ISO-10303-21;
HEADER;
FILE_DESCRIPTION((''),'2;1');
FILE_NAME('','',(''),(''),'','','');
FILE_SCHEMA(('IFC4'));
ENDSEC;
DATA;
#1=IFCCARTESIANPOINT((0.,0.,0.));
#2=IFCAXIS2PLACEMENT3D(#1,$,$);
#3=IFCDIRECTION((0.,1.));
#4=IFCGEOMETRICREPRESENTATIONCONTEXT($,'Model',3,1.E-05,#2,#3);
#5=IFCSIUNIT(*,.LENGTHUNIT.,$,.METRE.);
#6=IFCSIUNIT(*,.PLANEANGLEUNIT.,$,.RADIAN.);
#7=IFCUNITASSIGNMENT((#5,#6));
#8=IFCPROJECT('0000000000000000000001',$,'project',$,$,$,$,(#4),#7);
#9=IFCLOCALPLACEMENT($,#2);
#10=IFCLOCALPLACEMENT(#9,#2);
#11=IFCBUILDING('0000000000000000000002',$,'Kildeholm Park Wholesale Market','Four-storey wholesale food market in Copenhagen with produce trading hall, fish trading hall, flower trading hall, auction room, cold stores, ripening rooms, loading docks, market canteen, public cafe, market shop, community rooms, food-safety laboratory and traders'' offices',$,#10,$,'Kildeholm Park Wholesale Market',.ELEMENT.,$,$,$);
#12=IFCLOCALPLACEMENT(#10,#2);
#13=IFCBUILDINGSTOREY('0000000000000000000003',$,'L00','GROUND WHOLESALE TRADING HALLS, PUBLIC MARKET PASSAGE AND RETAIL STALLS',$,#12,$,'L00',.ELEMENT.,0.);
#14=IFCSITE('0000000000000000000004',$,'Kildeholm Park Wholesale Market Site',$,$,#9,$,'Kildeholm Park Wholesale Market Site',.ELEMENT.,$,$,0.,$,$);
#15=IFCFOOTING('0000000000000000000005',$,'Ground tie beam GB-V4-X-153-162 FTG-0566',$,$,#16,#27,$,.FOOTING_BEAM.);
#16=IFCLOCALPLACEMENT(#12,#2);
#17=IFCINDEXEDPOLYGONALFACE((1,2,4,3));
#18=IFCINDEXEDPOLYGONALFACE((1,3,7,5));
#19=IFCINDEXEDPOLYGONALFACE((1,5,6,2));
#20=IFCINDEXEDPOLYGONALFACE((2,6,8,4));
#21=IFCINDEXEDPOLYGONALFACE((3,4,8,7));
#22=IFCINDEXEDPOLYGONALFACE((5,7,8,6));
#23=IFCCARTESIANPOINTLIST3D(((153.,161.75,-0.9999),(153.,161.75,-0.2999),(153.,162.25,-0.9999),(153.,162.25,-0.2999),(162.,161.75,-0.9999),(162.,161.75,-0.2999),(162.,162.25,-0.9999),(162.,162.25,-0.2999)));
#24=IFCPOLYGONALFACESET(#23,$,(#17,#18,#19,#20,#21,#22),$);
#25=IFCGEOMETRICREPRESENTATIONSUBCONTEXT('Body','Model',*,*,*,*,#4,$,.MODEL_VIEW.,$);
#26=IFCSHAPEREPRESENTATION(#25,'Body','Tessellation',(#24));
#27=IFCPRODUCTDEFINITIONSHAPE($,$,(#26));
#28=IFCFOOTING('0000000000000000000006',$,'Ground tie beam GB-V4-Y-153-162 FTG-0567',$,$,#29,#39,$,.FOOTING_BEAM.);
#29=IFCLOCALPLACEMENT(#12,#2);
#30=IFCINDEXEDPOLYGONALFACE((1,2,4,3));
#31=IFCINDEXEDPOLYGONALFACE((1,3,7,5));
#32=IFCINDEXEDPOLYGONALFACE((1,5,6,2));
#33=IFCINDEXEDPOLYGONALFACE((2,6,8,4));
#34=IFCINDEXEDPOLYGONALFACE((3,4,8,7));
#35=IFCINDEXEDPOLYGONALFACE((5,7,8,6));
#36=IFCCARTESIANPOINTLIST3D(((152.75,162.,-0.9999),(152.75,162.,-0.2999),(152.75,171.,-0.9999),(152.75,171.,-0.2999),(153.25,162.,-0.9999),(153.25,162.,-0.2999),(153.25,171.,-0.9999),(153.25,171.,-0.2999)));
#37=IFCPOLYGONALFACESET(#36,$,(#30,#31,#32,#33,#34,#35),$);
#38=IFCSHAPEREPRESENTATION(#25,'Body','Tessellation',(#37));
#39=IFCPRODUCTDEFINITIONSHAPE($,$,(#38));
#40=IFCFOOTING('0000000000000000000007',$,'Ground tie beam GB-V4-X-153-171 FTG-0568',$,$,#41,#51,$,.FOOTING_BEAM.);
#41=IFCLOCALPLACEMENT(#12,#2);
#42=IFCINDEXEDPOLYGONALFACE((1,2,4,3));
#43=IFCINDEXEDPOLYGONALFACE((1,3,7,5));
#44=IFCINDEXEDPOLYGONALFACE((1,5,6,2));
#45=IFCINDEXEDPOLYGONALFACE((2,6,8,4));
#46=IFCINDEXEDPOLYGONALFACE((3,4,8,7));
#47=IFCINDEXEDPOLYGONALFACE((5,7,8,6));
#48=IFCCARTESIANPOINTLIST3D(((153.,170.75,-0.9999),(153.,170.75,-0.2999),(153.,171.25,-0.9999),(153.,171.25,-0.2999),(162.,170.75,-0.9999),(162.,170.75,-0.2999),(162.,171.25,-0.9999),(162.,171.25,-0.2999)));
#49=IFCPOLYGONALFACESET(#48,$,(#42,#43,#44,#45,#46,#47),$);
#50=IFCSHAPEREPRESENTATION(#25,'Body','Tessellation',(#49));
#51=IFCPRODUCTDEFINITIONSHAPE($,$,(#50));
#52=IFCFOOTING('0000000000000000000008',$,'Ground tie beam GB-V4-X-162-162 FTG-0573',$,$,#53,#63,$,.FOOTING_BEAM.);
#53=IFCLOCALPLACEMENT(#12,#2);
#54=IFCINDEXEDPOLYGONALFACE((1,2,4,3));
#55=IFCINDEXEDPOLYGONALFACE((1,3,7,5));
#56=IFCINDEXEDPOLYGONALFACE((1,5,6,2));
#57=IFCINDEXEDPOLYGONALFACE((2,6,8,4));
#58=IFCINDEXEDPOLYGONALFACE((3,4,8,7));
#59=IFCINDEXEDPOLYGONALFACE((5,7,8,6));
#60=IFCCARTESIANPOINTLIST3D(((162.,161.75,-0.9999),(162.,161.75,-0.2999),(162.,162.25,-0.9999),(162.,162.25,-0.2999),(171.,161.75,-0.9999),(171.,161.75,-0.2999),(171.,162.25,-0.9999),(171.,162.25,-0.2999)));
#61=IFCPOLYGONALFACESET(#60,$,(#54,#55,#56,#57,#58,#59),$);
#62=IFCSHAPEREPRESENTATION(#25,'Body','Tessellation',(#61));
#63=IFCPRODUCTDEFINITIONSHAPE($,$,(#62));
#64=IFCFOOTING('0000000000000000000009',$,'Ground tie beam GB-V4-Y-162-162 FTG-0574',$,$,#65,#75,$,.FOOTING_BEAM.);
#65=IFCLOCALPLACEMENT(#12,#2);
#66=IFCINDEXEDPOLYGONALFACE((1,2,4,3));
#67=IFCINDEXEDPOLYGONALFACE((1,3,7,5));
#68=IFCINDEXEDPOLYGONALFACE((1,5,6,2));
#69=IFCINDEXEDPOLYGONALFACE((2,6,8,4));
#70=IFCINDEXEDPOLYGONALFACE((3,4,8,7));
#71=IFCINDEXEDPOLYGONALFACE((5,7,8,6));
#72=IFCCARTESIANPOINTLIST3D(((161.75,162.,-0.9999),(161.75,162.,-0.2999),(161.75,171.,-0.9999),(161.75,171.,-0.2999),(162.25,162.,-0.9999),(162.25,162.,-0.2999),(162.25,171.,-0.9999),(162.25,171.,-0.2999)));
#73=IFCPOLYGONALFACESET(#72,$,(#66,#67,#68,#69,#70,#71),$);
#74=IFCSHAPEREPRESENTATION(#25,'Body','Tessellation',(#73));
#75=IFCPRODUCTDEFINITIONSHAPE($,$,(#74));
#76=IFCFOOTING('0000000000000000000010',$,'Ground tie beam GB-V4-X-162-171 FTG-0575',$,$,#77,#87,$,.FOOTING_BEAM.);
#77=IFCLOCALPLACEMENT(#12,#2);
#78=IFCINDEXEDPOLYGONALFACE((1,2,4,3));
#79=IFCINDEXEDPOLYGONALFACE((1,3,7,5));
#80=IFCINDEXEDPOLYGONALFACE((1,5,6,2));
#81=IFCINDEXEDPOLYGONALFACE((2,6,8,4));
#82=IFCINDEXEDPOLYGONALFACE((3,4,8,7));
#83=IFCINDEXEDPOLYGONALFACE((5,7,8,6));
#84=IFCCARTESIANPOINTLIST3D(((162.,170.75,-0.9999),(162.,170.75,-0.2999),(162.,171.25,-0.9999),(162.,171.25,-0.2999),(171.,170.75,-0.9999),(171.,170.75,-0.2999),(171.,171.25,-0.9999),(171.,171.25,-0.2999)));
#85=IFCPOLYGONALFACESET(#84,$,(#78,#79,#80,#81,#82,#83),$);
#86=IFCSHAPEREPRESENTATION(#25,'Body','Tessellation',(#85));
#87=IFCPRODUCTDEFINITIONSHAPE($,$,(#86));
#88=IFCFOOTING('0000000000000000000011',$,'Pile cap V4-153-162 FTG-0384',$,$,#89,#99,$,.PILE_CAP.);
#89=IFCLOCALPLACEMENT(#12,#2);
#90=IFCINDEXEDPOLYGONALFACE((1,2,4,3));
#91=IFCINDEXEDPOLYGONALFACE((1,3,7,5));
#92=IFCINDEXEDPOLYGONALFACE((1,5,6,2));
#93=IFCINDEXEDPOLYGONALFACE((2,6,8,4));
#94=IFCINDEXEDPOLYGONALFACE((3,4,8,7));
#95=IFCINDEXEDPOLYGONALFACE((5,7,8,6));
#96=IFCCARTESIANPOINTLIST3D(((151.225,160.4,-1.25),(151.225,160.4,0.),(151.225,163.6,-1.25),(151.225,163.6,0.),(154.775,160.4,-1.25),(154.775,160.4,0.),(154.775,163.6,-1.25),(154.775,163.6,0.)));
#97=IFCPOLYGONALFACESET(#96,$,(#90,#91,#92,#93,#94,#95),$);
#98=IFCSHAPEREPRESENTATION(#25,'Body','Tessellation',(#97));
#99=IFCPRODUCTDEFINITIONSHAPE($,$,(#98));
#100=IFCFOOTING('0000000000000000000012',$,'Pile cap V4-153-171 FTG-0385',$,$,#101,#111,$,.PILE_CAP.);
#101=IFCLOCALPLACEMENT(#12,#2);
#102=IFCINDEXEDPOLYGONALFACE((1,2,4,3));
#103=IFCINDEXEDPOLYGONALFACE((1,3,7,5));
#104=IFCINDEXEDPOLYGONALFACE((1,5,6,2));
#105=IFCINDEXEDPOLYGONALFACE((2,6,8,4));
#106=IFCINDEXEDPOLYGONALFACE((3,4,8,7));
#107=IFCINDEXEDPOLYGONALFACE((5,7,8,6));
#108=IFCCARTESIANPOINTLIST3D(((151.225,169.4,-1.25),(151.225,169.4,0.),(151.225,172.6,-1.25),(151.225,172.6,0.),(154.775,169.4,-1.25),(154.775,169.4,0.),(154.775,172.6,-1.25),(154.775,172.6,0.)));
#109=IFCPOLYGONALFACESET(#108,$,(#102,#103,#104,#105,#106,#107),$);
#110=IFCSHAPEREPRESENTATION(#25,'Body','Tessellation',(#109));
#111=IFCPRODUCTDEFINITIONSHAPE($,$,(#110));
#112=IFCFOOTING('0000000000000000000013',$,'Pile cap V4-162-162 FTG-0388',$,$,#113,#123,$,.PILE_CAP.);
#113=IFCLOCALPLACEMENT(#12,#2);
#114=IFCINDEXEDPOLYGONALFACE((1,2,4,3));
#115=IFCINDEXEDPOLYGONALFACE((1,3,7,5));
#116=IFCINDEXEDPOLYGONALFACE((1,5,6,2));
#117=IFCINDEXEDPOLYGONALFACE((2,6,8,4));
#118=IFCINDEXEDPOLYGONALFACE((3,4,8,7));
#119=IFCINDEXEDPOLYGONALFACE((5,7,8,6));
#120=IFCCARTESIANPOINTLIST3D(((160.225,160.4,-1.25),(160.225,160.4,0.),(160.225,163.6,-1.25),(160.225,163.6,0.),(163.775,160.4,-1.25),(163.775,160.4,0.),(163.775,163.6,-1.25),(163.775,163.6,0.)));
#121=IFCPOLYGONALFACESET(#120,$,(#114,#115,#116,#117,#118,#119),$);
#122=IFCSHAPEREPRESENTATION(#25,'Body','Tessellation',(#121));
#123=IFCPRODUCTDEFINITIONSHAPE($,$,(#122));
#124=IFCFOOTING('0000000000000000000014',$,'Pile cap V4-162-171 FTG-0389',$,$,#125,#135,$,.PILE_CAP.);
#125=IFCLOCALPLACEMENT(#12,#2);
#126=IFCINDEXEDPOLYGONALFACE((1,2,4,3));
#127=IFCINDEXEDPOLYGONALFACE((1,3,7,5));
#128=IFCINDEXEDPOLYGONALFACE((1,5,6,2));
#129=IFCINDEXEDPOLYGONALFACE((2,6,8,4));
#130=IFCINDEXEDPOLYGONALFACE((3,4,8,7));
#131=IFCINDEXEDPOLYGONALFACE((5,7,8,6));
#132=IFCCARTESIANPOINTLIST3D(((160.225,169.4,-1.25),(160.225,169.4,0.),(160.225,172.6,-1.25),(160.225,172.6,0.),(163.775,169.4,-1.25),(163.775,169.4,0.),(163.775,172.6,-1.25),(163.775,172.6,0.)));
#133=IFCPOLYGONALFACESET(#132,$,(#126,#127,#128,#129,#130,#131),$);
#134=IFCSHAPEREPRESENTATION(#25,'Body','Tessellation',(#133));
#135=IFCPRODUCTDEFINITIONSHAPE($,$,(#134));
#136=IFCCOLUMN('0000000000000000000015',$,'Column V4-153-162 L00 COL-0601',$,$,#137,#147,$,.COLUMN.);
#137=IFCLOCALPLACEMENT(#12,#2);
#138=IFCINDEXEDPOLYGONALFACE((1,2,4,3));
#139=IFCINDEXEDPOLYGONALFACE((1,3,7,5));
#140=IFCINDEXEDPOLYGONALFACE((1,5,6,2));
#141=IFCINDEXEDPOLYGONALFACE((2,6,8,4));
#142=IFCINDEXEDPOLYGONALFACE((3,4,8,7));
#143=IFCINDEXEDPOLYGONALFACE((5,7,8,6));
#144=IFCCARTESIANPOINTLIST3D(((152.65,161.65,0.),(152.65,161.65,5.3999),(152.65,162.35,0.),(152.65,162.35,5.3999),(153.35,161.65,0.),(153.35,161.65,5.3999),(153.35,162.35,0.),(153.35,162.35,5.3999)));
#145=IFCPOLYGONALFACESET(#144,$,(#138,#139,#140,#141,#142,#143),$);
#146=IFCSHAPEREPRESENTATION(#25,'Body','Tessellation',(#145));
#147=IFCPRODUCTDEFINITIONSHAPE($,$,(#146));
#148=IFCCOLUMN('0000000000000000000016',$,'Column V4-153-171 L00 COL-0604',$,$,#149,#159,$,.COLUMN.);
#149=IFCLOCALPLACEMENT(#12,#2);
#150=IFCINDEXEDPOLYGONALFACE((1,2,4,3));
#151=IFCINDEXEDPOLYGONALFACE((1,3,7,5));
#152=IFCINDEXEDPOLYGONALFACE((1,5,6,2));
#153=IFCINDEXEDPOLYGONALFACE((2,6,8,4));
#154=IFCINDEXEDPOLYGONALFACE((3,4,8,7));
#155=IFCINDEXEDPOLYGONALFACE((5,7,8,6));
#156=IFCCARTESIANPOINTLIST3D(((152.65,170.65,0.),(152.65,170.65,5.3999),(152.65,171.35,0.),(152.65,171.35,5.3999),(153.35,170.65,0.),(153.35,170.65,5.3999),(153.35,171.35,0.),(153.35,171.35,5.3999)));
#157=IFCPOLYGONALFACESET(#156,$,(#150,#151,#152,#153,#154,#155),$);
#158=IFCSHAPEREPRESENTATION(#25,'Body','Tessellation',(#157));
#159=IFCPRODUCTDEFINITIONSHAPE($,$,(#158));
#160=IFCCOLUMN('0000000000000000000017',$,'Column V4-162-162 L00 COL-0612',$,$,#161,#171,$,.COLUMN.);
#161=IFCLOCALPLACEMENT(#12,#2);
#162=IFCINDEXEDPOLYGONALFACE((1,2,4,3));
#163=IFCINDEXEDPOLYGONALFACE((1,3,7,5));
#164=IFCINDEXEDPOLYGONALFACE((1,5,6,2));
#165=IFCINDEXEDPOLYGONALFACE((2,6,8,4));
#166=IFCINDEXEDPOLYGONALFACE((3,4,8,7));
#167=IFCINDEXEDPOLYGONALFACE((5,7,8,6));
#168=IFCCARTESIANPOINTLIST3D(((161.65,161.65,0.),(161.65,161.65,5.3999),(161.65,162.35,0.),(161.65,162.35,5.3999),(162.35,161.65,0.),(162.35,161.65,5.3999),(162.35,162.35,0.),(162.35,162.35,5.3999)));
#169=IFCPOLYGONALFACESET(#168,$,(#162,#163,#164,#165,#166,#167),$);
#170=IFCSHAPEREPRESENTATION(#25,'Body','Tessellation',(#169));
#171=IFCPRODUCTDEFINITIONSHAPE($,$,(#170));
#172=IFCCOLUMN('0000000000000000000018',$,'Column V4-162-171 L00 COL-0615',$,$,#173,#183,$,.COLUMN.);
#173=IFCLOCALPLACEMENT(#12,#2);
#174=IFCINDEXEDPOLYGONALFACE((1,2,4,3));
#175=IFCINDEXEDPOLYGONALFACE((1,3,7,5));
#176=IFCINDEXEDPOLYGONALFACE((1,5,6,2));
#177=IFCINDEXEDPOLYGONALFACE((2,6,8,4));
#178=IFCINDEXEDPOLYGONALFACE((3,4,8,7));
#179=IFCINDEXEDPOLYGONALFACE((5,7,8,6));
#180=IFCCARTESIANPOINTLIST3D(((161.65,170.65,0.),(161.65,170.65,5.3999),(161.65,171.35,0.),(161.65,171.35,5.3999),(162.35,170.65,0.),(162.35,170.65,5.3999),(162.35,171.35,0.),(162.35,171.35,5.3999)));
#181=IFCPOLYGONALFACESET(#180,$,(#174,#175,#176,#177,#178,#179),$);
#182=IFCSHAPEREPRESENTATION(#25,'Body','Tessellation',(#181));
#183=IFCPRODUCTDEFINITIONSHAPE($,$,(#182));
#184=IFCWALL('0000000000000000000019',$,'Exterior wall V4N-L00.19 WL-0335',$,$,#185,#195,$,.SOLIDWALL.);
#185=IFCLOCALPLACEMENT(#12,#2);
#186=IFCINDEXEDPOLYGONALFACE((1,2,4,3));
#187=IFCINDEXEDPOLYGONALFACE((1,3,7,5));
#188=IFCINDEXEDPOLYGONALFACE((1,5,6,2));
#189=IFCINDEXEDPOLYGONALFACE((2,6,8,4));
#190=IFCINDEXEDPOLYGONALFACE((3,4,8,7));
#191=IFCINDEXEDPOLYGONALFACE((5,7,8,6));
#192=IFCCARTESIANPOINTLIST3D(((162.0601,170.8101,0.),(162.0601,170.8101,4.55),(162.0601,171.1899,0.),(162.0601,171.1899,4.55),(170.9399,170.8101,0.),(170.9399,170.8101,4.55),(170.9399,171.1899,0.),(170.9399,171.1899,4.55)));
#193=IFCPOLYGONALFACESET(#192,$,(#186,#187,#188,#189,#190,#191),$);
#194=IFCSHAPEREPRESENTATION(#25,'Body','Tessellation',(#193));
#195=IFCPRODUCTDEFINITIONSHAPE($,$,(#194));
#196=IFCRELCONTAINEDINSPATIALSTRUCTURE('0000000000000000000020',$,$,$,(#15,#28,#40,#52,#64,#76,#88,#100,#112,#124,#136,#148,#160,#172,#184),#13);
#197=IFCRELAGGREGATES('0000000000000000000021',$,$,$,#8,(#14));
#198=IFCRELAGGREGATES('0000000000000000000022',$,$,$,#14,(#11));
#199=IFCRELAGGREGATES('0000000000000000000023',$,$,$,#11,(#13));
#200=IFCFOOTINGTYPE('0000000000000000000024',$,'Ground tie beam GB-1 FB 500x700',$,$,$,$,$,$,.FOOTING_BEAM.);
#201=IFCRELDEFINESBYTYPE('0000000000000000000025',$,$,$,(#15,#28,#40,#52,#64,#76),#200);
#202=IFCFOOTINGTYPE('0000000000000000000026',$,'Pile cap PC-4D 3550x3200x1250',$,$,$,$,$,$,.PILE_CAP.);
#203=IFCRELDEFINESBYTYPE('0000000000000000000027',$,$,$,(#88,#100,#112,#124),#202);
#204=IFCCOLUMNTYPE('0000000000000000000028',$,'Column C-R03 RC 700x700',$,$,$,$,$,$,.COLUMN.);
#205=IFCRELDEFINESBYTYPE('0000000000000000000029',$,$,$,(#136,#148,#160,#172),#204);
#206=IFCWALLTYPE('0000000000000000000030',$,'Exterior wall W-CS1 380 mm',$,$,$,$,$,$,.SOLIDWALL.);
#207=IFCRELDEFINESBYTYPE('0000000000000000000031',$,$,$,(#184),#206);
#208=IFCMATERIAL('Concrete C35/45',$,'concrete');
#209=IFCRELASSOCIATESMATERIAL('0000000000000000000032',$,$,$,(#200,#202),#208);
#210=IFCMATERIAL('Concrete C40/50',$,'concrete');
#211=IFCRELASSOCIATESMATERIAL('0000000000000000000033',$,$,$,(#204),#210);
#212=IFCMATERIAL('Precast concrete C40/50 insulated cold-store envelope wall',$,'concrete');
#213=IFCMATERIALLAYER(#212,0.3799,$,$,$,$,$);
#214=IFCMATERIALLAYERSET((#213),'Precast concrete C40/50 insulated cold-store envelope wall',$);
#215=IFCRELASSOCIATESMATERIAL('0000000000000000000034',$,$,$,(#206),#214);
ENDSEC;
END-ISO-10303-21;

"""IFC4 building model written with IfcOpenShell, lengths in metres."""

from ifc_helpers import new_model, si_unit, direction, frame, frame_2d, origin, origin_2d, place, context, subcontext, project, spatial, rectangle, extrude, material, layer, layer_set, material_profile, profile_set, type_object, element, save


model = new_model("IFC4")

# Units and contexts
model_context = context("Model", 3, precision=1e-05, world=origin(), true_north=direction((0.0, 1.0)))
body_context = subcontext(model_context, "Body", "Model", "MODEL_VIEW")
ifc_project = project(units=[si_unit("LENGTHUNIT", "METRE"), si_unit("PLANEANGLEUNIT", "RADIAN")], contexts=[model_context])

# Site, building, storey
site_placement = place(None, origin())
site = spatial("IfcSite", under=ifc_project, at=site_placement, Name="Kildeholm Park Wholesale Market Site", LongName="Kildeholm Park Wholesale Market Site", CompositionType="ELEMENT", RefElevation=0.0)
building_placement = place(site_placement, origin())
building = spatial("IfcBuilding", under=site, at=building_placement, Name="Kildeholm Park Wholesale Market", Description="Four-storey wholesale food market in Copenhagen with produce trading hall, fish trading hall, flower trading hall, auction room, cold stores, ripening rooms, loading docks, market canteen, public cafe, market shop, community rooms, food-safety laboratory and traders' offices", LongName="Kildeholm Park Wholesale Market", CompositionType="ELEMENT")
storey_placement = place(building_placement, origin())
storey = spatial("IfcBuildingStorey", under=building, at=storey_placement, Name="L00", Description="GROUND WHOLESALE TRADING HALLS, PUBLIC MARKET PASSAGE AND RETAIL STALLS", LongName="L00", CompositionType="ELEMENT", Elevation=0.0)

# Shared definitions
ifc_material_1 = material(Name="Concrete C35/45", Category="concrete")

# Footings
ifc_material_profile_1 = material_profile(ifc_material_1, rectangle(XDim=0.5, YDim=0.7, at=origin_2d()), Name="FB 500x700")
ifc_profile_set_1 = profile_set([ifc_material_profile_1], Name="Concrete C35/45")
footing_type_1 = type_object("IfcFootingType", Name="Ground tie beam GB-1 FB 500x700", PredefinedType="FOOTING_BEAM", material=ifc_profile_set_1)
for number, where, z_axis, x_axis, name in (
    (1, (153.0, 162.0, -0.6499), (1.0, 0.0, 0.0), (0.0, 1.0, 0.0), "Ground tie beam GB-V4-X-153-162 FTG-0566"),
    (2, (153.0, 162.0, -0.6499), (0.0, 1.0, 0.0), (-1.0, 0.0, 0.0), "Ground tie beam GB-V4-Y-153-162 FTG-0567"),
    (3, (153.0, 171.0, -0.6499), (1.0, 0.0, 0.0), (0.0, 1.0, 0.0), "Ground tie beam GB-V4-X-153-171 FTG-0568"),
    (4, (162.0, 162.0, -0.6499), (1.0, 0.0, 0.0), (0.0, 1.0, 0.0), "Ground tie beam GB-V4-X-162-162 FTG-0573"),
    (5, (162.0, 162.0, -0.6499), (0.0, 1.0, 0.0), (-1.0, 0.0, 0.0), "Ground tie beam GB-V4-Y-162-162 FTG-0574"),
    (6, (162.0, 171.0, -0.6499), (1.0, 0.0, 0.0), (0.0, 1.0, 0.0), "Ground tie beam GB-V4-X-162-171 FTG-0575"),
):
    element("IfcFooting", number, at=place(storey_placement, frame(where, z_axis=z_axis, x_axis=x_axis)), inside=storey, type_object=footing_type_1, Name=name, PredefinedType="FOOTING_BEAM", context=body_context, shape_type="SweptSolid", body=[
        extrude(rectangle(XDim=0.5, YDim=0.7, at=origin_2d()), origin(), (0.0, 0.0, 1.0), 9.0),
    ])
footing_type_2 = type_object("IfcFootingType", Name="Pile cap PC-4D 3550x3200x1250", PredefinedType="PILE_CAP", material=ifc_material_1)
for number, where, z_axis, x_axis, name in (
    (7, (153.0, 162.0, -1.25), (0.0, 0.0, 1.0), (1.0, 0.0, 0.0), "Pile cap V4-153-162 FTG-0384"),
    (8, (153.0, 171.0, -1.25), (0.0, 0.0, 1.0), (1.0, 0.0, 0.0), "Pile cap V4-153-171 FTG-0385"),
    (9, (162.0, 162.0, -1.25), (0.0, 0.0, 1.0), (1.0, 0.0, 0.0), "Pile cap V4-162-162 FTG-0388"),
    (10, (162.0, 171.0, -1.25), (0.0, 0.0, 1.0), (1.0, 0.0, 0.0), "Pile cap V4-162-171 FTG-0389"),
):
    element("IfcFooting", number, at=place(storey_placement, frame(where, z_axis=z_axis, x_axis=x_axis)), inside=storey, type_object=footing_type_2, Name=name, PredefinedType="PILE_CAP", context=body_context, shape_type="SweptSolid", body=[
        extrude(rectangle(XDim=3.55, YDim=3.2, at=origin_2d()), origin(), (0.0, 0.0, 1.0), 1.25),
    ])

# Columns
ifc_material_2 = material(Name="Concrete C40/50", Category="concrete")
ifc_material_profile_2 = material_profile(ifc_material_2, rectangle(XDim=0.7, YDim=0.7, at=origin_2d()), Name="RC 700x700")
ifc_profile_set_2 = profile_set([ifc_material_profile_2], Name="Concrete C40/50")
column_type = type_object("IfcColumnType", Name="Column C-R03 RC 700x700", PredefinedType="COLUMN", material=ifc_profile_set_2)
for number, where, z_axis, x_axis, name in (
    (11, (153.0, 162.0, 0.0), (0.0, 0.0, 1.0), (1.0, 0.0, 0.0), "Column V4-153-162 L00 COL-0601"),
    (12, (153.0, 171.0, 0.0), (0.0, 0.0, 1.0), (1.0, 0.0, 0.0), "Column V4-153-171 L00 COL-0604"),
    (13, (162.0, 162.0, 0.0), (0.0, 0.0, 1.0), (1.0, 0.0, 0.0), "Column V4-162-162 L00 COL-0612"),
    (14, (162.0, 171.0, 0.0), (0.0, 0.0, 1.0), (1.0, 0.0, 0.0), "Column V4-162-171 L00 COL-0615"),
):
    element("IfcColumn", number, at=place(storey_placement, frame(where, z_axis=z_axis, x_axis=x_axis)), inside=storey, type_object=column_type, Name=name, PredefinedType="COLUMN", context=body_context, shape_type="SweptSolid", body=[
        extrude(rectangle(XDim=0.7, YDim=0.7, at=origin_2d()), origin(), (0.0, 0.0, 1.0), 5.3999),
    ])

# Shared definitions
ifc_material_3 = material(Name="Precast concrete C40/50 insulated cold-store envelope wall", Category="concrete")
ifc_layer_1 = layer(ifc_material_3, 0.3799)
ifc_layer_set_1 = layer_set([ifc_layer_1], Name="Precast concrete C40/50 insulated cold-store envelope wall")
wall_type_1 = type_object("IfcWallType", Name="Exterior wall W-CS1 380 mm", PredefinedType="SOLIDWALL", material=ifc_layer_set_1)

# Wall
wall_1_placement = place(storey_placement, frame((162.0601, 171.0, 0.0), z_axis=(0.0, 0.0, 1.0), x_axis=(1.0, 0.0, 0.0)))
element("IfcWall", 15, at=wall_1_placement, inside=storey, type_object=wall_type_1, Name="Exterior wall V4N-L00.19 WL-0335", PredefinedType="SOLIDWALL", context=body_context, shape_type="SweptSolid", body=[
    extrude(rectangle(XDim=8.8799, YDim=0.3799, at=frame_2d((4.4399, 0.0))), origin(), (0.0, 0.0, 1.0), 4.55),
])

save(model, "model.ifc")
